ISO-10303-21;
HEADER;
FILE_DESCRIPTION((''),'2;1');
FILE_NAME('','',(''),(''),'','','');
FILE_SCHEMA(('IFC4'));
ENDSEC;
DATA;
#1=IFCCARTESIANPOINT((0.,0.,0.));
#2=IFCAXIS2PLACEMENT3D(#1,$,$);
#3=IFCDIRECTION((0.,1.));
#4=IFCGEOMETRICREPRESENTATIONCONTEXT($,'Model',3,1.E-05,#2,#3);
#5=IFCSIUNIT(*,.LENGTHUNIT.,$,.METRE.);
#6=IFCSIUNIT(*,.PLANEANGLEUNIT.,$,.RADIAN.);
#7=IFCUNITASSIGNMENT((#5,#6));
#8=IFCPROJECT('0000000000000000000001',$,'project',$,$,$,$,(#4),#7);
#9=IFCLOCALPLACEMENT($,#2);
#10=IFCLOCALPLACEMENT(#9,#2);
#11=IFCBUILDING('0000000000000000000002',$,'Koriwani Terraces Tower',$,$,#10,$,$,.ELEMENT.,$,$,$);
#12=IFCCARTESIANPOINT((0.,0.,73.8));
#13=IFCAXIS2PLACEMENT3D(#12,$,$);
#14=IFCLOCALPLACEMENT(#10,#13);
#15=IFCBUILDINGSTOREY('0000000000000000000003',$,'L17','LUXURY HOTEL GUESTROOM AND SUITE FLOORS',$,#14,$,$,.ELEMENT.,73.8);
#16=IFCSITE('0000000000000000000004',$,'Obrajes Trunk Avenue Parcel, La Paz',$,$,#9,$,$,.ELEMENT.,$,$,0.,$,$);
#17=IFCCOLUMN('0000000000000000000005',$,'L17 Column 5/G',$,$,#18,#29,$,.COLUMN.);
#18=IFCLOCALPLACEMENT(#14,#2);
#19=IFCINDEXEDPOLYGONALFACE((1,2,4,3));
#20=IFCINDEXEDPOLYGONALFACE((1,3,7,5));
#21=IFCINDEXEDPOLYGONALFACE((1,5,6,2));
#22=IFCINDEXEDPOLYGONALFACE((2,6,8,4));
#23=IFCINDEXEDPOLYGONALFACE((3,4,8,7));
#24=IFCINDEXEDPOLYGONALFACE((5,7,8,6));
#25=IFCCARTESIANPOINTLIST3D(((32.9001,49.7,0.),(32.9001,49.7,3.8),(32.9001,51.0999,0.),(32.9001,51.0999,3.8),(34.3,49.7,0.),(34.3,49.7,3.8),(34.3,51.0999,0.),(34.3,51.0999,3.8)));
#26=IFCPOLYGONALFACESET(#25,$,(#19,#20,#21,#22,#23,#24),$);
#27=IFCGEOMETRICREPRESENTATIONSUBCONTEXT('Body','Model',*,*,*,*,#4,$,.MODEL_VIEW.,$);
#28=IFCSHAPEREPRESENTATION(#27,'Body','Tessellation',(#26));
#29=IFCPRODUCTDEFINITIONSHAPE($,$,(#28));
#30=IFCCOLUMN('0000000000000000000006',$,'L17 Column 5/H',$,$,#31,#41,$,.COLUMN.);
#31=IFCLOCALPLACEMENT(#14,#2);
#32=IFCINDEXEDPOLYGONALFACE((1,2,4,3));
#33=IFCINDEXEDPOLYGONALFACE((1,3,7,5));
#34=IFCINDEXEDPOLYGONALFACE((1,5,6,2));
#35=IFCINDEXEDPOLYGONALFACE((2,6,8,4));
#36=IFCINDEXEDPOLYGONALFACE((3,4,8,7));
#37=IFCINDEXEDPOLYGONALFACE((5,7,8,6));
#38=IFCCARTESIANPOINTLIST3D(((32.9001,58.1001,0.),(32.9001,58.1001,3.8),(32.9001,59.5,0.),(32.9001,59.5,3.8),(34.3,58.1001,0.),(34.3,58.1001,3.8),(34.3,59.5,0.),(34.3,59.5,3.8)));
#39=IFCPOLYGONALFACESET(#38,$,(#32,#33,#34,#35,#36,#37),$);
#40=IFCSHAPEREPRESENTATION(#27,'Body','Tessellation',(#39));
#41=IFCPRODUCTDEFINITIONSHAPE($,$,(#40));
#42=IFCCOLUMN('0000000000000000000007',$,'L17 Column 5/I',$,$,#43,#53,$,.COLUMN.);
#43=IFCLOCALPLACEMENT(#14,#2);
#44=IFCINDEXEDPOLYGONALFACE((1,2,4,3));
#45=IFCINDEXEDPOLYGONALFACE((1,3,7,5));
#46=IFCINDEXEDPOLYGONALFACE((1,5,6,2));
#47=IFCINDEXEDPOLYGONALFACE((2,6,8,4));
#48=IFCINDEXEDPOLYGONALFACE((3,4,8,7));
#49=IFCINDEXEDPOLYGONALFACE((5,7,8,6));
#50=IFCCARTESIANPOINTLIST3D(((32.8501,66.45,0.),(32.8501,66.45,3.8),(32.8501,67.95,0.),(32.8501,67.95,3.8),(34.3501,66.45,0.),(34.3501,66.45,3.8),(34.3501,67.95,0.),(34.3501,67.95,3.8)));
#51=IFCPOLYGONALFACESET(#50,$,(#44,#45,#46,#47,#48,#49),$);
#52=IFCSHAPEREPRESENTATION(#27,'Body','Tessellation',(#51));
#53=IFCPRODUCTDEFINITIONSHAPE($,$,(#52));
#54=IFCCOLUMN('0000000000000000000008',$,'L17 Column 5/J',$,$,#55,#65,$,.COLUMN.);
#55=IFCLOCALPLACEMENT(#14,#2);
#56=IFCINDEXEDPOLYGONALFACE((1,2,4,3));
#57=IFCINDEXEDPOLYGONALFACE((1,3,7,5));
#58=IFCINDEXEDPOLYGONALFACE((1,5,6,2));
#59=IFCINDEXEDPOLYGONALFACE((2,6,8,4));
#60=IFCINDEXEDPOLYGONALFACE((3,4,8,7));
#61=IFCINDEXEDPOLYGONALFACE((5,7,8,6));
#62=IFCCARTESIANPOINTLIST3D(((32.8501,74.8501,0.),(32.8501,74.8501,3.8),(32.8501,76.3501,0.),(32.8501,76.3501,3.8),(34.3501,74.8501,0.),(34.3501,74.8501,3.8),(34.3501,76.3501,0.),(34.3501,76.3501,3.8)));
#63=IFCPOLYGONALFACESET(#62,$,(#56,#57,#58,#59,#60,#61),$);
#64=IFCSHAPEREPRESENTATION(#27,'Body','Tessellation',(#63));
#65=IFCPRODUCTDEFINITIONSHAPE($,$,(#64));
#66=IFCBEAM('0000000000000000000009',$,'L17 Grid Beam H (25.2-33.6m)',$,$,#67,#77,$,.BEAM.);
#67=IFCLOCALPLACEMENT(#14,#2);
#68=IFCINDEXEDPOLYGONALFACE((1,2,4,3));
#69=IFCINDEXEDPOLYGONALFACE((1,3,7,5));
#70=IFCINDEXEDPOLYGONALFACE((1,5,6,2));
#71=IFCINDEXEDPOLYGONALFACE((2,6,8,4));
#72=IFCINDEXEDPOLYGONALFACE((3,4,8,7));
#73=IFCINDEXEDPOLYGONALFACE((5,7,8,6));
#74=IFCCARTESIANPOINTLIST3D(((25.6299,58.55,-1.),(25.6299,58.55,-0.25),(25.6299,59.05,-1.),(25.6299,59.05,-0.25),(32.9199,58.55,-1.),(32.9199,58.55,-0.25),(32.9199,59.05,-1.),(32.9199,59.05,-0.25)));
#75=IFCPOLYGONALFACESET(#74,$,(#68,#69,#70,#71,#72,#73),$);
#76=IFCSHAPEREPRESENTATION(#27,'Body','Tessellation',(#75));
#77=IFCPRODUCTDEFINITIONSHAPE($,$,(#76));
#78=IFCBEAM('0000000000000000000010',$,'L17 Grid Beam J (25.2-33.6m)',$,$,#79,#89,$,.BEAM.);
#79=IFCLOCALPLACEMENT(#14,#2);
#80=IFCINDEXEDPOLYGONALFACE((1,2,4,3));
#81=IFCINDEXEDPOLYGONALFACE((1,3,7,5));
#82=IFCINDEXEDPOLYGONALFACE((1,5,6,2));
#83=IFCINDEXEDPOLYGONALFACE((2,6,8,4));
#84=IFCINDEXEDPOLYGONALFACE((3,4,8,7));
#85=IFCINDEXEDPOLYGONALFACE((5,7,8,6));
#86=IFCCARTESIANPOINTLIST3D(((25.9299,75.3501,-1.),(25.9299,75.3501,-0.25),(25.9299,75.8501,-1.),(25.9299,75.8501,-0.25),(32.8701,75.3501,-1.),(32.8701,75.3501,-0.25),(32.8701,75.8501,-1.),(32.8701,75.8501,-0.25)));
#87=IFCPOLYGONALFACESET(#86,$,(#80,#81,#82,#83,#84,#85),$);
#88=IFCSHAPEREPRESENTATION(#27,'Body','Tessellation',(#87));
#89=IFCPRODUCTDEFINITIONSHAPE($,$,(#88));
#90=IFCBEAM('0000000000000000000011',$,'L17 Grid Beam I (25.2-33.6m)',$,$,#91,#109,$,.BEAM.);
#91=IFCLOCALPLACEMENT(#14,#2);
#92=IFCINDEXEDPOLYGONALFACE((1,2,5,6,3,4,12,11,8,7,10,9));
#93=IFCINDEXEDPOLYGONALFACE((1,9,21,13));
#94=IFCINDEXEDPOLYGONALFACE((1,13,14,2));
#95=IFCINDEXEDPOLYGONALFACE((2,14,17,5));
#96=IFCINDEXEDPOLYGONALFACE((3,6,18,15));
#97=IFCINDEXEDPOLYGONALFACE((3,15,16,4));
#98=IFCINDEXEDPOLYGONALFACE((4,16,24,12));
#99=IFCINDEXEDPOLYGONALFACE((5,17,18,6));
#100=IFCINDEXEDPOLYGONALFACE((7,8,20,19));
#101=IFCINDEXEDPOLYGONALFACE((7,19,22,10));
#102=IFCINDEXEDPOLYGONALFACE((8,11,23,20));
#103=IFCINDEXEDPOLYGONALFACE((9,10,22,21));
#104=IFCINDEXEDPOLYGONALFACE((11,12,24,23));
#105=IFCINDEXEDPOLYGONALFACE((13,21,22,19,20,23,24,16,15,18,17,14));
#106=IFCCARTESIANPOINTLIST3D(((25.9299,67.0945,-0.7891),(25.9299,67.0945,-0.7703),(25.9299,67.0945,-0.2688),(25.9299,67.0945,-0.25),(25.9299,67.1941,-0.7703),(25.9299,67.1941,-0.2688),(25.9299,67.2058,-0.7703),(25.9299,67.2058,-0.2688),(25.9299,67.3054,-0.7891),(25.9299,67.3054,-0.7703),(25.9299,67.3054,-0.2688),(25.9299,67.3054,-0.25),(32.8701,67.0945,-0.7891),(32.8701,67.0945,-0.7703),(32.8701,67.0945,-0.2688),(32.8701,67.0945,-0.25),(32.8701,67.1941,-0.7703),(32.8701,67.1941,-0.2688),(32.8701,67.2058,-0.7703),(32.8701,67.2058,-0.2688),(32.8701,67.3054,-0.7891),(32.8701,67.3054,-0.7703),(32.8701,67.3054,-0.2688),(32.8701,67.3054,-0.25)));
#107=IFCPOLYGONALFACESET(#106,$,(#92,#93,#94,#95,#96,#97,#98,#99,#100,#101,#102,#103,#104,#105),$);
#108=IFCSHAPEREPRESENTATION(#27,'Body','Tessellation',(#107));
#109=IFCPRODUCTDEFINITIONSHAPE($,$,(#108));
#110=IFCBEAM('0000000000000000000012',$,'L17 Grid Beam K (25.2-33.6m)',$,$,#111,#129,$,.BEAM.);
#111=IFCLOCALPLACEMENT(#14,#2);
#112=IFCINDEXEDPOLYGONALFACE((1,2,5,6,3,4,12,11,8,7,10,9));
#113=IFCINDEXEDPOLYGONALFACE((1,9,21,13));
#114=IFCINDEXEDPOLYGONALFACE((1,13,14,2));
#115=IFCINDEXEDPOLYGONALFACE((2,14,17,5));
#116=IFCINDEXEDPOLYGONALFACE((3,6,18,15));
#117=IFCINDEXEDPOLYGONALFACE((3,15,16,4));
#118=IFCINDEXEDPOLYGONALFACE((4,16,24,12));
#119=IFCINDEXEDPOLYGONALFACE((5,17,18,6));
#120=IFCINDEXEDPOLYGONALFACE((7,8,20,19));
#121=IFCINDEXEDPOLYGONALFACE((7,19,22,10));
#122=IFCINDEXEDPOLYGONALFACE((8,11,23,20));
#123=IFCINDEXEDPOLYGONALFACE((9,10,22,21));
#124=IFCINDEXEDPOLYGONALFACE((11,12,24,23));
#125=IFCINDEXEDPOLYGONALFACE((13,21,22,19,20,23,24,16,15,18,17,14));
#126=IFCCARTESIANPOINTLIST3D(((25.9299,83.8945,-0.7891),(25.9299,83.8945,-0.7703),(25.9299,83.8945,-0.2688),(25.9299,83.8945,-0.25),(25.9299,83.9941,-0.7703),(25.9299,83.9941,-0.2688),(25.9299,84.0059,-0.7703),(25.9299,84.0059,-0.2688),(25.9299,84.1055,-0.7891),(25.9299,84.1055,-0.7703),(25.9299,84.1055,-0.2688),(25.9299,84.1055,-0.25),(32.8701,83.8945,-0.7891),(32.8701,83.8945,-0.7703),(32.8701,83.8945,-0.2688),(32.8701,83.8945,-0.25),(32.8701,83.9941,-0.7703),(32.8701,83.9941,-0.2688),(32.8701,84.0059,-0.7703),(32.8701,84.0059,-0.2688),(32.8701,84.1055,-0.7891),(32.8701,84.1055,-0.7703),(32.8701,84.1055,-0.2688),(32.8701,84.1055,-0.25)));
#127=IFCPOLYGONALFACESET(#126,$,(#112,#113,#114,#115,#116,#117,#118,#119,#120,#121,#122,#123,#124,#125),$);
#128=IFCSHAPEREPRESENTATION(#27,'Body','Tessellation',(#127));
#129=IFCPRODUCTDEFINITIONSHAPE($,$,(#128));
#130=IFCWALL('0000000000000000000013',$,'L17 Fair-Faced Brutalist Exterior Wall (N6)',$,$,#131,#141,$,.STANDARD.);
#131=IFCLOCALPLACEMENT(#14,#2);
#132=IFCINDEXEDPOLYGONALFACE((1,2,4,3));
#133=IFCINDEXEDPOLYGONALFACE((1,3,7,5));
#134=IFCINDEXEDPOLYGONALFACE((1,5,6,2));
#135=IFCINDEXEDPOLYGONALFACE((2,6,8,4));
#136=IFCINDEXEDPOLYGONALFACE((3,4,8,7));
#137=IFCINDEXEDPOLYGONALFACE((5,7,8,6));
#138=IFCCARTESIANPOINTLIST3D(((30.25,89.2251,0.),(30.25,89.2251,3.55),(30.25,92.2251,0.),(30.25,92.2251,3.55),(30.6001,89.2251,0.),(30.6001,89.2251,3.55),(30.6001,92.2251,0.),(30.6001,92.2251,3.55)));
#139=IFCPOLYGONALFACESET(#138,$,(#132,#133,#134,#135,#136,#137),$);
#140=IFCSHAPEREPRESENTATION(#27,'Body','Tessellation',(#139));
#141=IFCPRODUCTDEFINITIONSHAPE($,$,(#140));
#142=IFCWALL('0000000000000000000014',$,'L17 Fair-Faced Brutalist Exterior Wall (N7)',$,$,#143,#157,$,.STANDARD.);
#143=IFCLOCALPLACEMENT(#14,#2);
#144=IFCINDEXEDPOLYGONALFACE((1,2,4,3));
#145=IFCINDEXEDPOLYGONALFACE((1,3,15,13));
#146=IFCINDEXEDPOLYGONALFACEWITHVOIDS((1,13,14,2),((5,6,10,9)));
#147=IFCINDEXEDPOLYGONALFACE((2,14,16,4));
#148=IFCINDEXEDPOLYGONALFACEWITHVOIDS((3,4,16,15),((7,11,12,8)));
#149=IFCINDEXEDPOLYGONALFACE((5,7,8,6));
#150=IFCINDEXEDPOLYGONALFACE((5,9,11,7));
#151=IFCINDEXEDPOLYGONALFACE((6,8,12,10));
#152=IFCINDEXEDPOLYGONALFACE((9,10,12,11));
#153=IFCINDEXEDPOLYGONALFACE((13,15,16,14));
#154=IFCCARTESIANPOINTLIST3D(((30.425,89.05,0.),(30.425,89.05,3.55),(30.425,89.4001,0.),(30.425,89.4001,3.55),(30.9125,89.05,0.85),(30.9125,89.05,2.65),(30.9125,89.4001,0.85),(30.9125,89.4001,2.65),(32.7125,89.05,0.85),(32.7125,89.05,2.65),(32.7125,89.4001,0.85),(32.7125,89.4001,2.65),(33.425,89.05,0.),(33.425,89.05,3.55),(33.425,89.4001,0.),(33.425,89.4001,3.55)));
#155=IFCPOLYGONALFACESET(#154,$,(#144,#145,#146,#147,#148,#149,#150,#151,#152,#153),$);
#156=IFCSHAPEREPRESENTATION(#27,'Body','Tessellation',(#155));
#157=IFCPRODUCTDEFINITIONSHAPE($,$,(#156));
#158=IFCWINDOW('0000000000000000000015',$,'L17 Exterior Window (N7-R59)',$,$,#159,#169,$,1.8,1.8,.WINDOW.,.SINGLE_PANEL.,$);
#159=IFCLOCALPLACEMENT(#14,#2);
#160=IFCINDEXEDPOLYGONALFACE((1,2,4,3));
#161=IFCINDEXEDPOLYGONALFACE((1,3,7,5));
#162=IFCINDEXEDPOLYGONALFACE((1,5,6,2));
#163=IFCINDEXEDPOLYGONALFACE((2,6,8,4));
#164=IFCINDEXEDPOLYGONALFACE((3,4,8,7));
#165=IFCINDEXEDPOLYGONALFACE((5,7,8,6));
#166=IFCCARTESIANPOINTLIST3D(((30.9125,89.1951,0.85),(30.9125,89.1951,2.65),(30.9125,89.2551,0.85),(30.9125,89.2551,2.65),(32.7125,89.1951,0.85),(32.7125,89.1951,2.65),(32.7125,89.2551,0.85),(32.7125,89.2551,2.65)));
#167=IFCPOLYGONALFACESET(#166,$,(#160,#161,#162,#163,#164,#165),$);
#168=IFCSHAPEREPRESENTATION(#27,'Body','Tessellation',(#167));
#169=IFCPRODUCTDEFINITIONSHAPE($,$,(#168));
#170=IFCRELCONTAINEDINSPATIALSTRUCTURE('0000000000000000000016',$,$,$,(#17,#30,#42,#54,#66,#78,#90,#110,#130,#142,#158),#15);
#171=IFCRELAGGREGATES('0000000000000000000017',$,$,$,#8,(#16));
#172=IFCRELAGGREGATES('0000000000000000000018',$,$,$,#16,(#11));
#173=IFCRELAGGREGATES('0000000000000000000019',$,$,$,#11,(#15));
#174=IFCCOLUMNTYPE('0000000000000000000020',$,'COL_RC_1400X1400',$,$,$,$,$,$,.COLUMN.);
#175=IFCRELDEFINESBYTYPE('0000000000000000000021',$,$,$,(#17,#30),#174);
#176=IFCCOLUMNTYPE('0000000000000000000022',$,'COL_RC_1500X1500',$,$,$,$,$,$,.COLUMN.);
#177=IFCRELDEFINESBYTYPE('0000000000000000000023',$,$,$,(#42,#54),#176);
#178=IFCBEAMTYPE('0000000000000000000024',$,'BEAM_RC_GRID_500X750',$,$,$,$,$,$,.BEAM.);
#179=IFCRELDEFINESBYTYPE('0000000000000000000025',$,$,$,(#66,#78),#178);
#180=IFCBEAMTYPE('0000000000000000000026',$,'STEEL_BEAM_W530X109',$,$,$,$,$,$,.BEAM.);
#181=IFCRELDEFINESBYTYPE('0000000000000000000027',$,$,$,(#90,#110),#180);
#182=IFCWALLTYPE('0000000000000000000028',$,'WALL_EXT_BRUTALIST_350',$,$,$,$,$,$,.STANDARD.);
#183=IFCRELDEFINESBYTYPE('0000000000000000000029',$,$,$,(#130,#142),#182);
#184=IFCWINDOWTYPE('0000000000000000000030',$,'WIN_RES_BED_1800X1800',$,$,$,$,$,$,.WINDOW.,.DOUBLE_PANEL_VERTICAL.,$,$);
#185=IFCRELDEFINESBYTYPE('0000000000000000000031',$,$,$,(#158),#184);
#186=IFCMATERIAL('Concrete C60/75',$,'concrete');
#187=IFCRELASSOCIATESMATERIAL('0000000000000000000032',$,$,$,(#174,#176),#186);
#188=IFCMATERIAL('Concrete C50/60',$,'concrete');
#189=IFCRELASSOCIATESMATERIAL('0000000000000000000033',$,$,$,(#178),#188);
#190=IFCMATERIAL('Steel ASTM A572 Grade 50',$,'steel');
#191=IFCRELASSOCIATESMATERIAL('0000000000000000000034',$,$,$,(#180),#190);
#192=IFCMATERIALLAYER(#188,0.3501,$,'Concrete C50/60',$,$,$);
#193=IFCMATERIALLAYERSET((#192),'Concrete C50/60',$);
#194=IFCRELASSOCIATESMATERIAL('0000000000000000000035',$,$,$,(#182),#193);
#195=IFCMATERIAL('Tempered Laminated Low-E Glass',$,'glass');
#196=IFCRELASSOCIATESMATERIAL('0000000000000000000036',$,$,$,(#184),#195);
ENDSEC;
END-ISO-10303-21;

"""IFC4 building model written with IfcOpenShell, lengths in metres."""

from ifc_helpers import new_model, si_unit, direction, frame, frame_2d, origin, origin_2d, place, context, subcontext, project, spatial, rectangle, i_section, extrude, material, layer, layer_set, material_profile, profile_set, type_object, element, fill, save


model = new_model("IFC4")

# Units and contexts
model_context = context("Model", 3, precision=1e-05, world=origin(), true_north=direction((0.0, 1.0)))
body_context = subcontext(model_context, "Body", "Model", "MODEL_VIEW")
ifc_project = project(units=[si_unit("LENGTHUNIT", "METRE"), si_unit("PLANEANGLEUNIT", "RADIAN")], contexts=[model_context])

# Site, building, storey
site_placement = place(None, origin())
site = spatial("IfcSite", under=ifc_project, at=site_placement, Name="Obrajes Trunk Avenue Parcel, La Paz", CompositionType="ELEMENT", RefElevation=0.0)
building_placement = place(site_placement, origin())
building = spatial("IfcBuilding", under=site, at=building_placement, Name="Koriwani Terraces Tower", CompositionType="ELEMENT")
storey_placement = place(building_placement, frame((0.0, 0.0, 73.8)))
storey = spatial("IfcBuildingStorey", under=building, at=storey_placement, Name="L17", Description="LUXURY HOTEL GUESTROOM AND SUITE FLOORS", CompositionType="ELEMENT", Elevation=73.8)

# Columns
ifc_material_1 = material(Name="Concrete C60/75", Category="concrete")
ifc_material_profile_1 = material_profile(ifc_material_1, rectangle(XDim=1.3999, YDim=1.3999, at=origin_2d()), Name="Concrete C60/75", Category="LoadBearing")
ifc_profile_set_1 = profile_set([ifc_material_profile_1], Name="Concrete C60/75")
column_type_1 = type_object("IfcColumnType", Name="COL_RC_1400X1400", PredefinedType="COLUMN", material=ifc_profile_set_1)
for number, where, z_axis, x_axis, name in (
    (1, (33.6001, 50.3999, 0.0), (0.0, 0.0, 1.0), (1.0, 0.0, 0.0), "L17 Column 5/G"),
    (2, (33.6001, 58.8, 0.0), (0.0, 0.0, 1.0), (1.0, 0.0, 0.0), "L17 Column 5/H"),
):
    element("IfcColumn", number, at=place(storey_placement, frame(where, z_axis=z_axis, x_axis=x_axis)), inside=storey, type_object=column_type_1, Name=name, PredefinedType="COLUMN", context=body_context, shape_type="SweptSolid", body=[
        extrude(rectangle(XDim=1.3999, YDim=1.3999, at=origin_2d()), origin(), (0.0, 0.0, 1.0), 3.8),
    ])
ifc_material_profile_2 = material_profile(ifc_material_1, rectangle(XDim=1.5, YDim=1.5, at=origin_2d()), Name="Concrete C60/75", Category="LoadBearing")
ifc_profile_set_2 = profile_set([ifc_material_profile_2], Name="Concrete C60/75")
column_type_2 = type_object("IfcColumnType", Name="COL_RC_1500X1500", PredefinedType="COLUMN", material=ifc_profile_set_2)
for number, where, z_axis, x_axis, name in (
    (3, (33.6001, 67.2, 0.0), (0.0, 0.0, 1.0), (1.0, 0.0, 0.0), "L17 Column 5/I"),
    (4, (33.6001, 75.6001, 0.0), (0.0, 0.0, 1.0), (1.0, 0.0, 0.0), "L17 Column 5/J"),
):
    element("IfcColumn", number, at=place(storey_placement, frame(where, z_axis=z_axis, x_axis=x_axis)), inside=storey, type_object=column_type_2, Name=name, PredefinedType="COLUMN", context=body_context, shape_type="SweptSolid", body=[
        extrude(rectangle(XDim=1.5, YDim=1.5, at=origin_2d()), origin(), (0.0, 0.0, 1.0), 3.8),
    ])

# Beams
ifc_material_2 = material(Name="Concrete C50/60", Category="concrete")
ifc_material_profile_3 = material_profile(ifc_material_2, rectangle(XDim=0.5, YDim=0.75, at=origin_2d()), Name="Concrete C50/60", Category="LoadBearing")
ifc_profile_set_3 = profile_set([ifc_material_profile_3], Name="Concrete C50/60")
beam_type_1 = type_object("IfcBeamType", Name="BEAM_RC_GRID_500X750", PredefinedType="BEAM", material=ifc_profile_set_3)
beam_1_placement = place(storey_placement, frame((25.6299, 58.8, -0.625), z_axis=(1.0, 0.0, 0.0), x_axis=(0.0, 1.0, 0.0)))
element("IfcBeam", 5, at=beam_1_placement, inside=storey, type_object=beam_type_1, Name="L17 Grid Beam H (25.2-33.6m)", PredefinedType="BEAM", context=body_context, shape_type="SweptSolid", body=[
    extrude(rectangle(XDim=0.5, YDim=0.75, at=origin_2d()), origin(), (0.0, 0.0, 1.0), 7.29),
])
beam_2_placement = place(storey_placement, frame((25.9299, 75.6001, -0.625), z_axis=(1.0, 0.0, 0.0), x_axis=(0.0, 1.0, 0.0)))
element("IfcBeam", 6, at=beam_2_placement, inside=storey, type_object=beam_type_1, Name="L17 Grid Beam J (25.2-33.6m)", PredefinedType="BEAM", context=body_context, shape_type="SweptSolid", body=[
    extrude(rectangle(XDim=0.5, YDim=0.75, at=origin_2d()), origin(), (0.0, 0.0, 1.0), 6.9402),
])
ifc_material_3 = material(Name="Steel ASTM A572 Grade 50", Category="steel")
ifc_material_profile_4 = material_profile(ifc_material_3, i_section(OverallWidth=0.2109, OverallDepth=0.5391, WebThickness=0.0117, FlangeThickness=0.0188, at=origin_2d()), Name="Steel ASTM A572 Grade 50", Category="LoadBearing")
ifc_profile_set_4 = profile_set([ifc_material_profile_4], Name="Steel ASTM A572 Grade 50")
beam_type_2 = type_object("IfcBeamType", Name="STEEL_BEAM_W530X109", PredefinedType="BEAM", material=ifc_profile_set_4)
for number, where, z_axis, x_axis, name in (
    (7, (25.9299, 67.2, -0.5195), (1.0, 0.0, 0.0), (0.0, 1.0, 0.0), "L17 Grid Beam I (25.2-33.6m)"),
    (8, (25.9299, 84.0, -0.5195), (1.0, 0.0, 0.0), (0.0, 1.0, 0.0), "L17 Grid Beam K (25.2-33.6m)"),
):
    element("IfcBeam", number, at=place(storey_placement, frame(where, z_axis=z_axis, x_axis=x_axis)), inside=storey, type_object=beam_type_2, Name=name, PredefinedType="BEAM", context=body_context, shape_type="SweptSolid", body=[
        extrude(i_section(OverallWidth=0.2109, OverallDepth=0.5391, WebThickness=0.0117, FlangeThickness=0.0188, at=origin_2d()), origin(), (0.0, 0.0, 1.0), 6.9402),
    ])

# Wall
ifc_layer_1 = layer(ifc_material_2, 0.3501, Name="Concrete C50/60")
ifc_layer_set_1 = layer_set([ifc_layer_1], Name="Concrete C50/60")
wall_type_1 = type_object("IfcWallType", Name="WALL_EXT_BRUTALIST_350", PredefinedType="STANDARD", material=ifc_layer_set_1)
wall_1_placement = place(storey_placement, frame((30.425, 92.2251, 0.0), z_axis=(0.0, 0.0, 1.0), x_axis=(0.0, -1.0, 0.0)))
element("IfcWall", 9, at=wall_1_placement, inside=storey, type_object=wall_type_1, Name="L17 Fair-Faced Brutalist Exterior Wall (N6)", PredefinedType="STANDARD", context=body_context, shape_type="SweptSolid", body=[
    extrude(rectangle(XDim=3.0, YDim=0.3501, at=frame_2d((1.5, 0.0))), origin(), (0.0, 0.0, 1.0), 3.55),
])

# Wall, opening, window
wall_2_placement = place(storey_placement, frame((30.425, 89.2251, 0.0), z_axis=(0.0, 0.0, 1.0), x_axis=(1.0, 0.0, 0.0)))
wall_2 = element("IfcWall", 10, at=wall_2_placement, inside=storey, type_object=wall_type_1, Name="L17 Fair-Faced Brutalist Exterior Wall (N7)", PredefinedType="STANDARD", context=body_context, shape_type="SweptSolid", body=[
    extrude(rectangle(XDim=3.0, YDim=0.3501, at=frame_2d((1.5, 0.0))), origin(), (0.0, 0.0, 1.0), 3.55),
])
opening_1_placement = place(wall_2_placement, frame((0.4875, 0.0, 0.8501)))
opening_1 = element("IfcOpeningElement", 11, at=opening_1_placement, cuts=wall_2, PredefinedType="OPENING", context=body_context, shape_type="SweptSolid", body=[
    extrude(rectangle(XDim=1.8, YDim=1.8, at=frame_2d((0.8999, 0.8999))), frame((0.0, 0.1851, 0.0), z_axis=(0.0, -1.0, 0.0), x_axis=(1.0, 0.0, 0.0)), (0.0, 0.0, 1.0), 0.3701),
])
ifc_material_4 = material(Name="Tempered Laminated Low-E Glass", Category="glass")
window_type_1 = type_object("IfcWindowType", Name="WIN_RES_BED_1800X1800", PartitioningType="DOUBLE_PANEL_VERTICAL", PredefinedType="WINDOW", material=ifc_material_4)
window_1_placement = place(opening_1_placement, origin())
window_1 = element("IfcWindow", 12, at=window_1_placement, inside=storey, type_object=window_type_1, Name="L17 Exterior Window (N7-R59)", OverallHeight=1.8, OverallWidth=1.8, PartitioningType="SINGLE_PANEL", PredefinedType="WINDOW", context=body_context, shape_type="SweptSolid", body=[
    extrude(rectangle(XDim=1.8, YDim=1.8, at=frame_2d((0.8999, 0.8999))), frame((0.0, 0.03, 0.0), z_axis=(0.0, -1.0, 0.0), x_axis=(1.0, 0.0, 0.0)), (0.0, 0.0, 1.0), 0.0601),
])
fill(opening_1, window_1)

save(model, "model.ifc")
